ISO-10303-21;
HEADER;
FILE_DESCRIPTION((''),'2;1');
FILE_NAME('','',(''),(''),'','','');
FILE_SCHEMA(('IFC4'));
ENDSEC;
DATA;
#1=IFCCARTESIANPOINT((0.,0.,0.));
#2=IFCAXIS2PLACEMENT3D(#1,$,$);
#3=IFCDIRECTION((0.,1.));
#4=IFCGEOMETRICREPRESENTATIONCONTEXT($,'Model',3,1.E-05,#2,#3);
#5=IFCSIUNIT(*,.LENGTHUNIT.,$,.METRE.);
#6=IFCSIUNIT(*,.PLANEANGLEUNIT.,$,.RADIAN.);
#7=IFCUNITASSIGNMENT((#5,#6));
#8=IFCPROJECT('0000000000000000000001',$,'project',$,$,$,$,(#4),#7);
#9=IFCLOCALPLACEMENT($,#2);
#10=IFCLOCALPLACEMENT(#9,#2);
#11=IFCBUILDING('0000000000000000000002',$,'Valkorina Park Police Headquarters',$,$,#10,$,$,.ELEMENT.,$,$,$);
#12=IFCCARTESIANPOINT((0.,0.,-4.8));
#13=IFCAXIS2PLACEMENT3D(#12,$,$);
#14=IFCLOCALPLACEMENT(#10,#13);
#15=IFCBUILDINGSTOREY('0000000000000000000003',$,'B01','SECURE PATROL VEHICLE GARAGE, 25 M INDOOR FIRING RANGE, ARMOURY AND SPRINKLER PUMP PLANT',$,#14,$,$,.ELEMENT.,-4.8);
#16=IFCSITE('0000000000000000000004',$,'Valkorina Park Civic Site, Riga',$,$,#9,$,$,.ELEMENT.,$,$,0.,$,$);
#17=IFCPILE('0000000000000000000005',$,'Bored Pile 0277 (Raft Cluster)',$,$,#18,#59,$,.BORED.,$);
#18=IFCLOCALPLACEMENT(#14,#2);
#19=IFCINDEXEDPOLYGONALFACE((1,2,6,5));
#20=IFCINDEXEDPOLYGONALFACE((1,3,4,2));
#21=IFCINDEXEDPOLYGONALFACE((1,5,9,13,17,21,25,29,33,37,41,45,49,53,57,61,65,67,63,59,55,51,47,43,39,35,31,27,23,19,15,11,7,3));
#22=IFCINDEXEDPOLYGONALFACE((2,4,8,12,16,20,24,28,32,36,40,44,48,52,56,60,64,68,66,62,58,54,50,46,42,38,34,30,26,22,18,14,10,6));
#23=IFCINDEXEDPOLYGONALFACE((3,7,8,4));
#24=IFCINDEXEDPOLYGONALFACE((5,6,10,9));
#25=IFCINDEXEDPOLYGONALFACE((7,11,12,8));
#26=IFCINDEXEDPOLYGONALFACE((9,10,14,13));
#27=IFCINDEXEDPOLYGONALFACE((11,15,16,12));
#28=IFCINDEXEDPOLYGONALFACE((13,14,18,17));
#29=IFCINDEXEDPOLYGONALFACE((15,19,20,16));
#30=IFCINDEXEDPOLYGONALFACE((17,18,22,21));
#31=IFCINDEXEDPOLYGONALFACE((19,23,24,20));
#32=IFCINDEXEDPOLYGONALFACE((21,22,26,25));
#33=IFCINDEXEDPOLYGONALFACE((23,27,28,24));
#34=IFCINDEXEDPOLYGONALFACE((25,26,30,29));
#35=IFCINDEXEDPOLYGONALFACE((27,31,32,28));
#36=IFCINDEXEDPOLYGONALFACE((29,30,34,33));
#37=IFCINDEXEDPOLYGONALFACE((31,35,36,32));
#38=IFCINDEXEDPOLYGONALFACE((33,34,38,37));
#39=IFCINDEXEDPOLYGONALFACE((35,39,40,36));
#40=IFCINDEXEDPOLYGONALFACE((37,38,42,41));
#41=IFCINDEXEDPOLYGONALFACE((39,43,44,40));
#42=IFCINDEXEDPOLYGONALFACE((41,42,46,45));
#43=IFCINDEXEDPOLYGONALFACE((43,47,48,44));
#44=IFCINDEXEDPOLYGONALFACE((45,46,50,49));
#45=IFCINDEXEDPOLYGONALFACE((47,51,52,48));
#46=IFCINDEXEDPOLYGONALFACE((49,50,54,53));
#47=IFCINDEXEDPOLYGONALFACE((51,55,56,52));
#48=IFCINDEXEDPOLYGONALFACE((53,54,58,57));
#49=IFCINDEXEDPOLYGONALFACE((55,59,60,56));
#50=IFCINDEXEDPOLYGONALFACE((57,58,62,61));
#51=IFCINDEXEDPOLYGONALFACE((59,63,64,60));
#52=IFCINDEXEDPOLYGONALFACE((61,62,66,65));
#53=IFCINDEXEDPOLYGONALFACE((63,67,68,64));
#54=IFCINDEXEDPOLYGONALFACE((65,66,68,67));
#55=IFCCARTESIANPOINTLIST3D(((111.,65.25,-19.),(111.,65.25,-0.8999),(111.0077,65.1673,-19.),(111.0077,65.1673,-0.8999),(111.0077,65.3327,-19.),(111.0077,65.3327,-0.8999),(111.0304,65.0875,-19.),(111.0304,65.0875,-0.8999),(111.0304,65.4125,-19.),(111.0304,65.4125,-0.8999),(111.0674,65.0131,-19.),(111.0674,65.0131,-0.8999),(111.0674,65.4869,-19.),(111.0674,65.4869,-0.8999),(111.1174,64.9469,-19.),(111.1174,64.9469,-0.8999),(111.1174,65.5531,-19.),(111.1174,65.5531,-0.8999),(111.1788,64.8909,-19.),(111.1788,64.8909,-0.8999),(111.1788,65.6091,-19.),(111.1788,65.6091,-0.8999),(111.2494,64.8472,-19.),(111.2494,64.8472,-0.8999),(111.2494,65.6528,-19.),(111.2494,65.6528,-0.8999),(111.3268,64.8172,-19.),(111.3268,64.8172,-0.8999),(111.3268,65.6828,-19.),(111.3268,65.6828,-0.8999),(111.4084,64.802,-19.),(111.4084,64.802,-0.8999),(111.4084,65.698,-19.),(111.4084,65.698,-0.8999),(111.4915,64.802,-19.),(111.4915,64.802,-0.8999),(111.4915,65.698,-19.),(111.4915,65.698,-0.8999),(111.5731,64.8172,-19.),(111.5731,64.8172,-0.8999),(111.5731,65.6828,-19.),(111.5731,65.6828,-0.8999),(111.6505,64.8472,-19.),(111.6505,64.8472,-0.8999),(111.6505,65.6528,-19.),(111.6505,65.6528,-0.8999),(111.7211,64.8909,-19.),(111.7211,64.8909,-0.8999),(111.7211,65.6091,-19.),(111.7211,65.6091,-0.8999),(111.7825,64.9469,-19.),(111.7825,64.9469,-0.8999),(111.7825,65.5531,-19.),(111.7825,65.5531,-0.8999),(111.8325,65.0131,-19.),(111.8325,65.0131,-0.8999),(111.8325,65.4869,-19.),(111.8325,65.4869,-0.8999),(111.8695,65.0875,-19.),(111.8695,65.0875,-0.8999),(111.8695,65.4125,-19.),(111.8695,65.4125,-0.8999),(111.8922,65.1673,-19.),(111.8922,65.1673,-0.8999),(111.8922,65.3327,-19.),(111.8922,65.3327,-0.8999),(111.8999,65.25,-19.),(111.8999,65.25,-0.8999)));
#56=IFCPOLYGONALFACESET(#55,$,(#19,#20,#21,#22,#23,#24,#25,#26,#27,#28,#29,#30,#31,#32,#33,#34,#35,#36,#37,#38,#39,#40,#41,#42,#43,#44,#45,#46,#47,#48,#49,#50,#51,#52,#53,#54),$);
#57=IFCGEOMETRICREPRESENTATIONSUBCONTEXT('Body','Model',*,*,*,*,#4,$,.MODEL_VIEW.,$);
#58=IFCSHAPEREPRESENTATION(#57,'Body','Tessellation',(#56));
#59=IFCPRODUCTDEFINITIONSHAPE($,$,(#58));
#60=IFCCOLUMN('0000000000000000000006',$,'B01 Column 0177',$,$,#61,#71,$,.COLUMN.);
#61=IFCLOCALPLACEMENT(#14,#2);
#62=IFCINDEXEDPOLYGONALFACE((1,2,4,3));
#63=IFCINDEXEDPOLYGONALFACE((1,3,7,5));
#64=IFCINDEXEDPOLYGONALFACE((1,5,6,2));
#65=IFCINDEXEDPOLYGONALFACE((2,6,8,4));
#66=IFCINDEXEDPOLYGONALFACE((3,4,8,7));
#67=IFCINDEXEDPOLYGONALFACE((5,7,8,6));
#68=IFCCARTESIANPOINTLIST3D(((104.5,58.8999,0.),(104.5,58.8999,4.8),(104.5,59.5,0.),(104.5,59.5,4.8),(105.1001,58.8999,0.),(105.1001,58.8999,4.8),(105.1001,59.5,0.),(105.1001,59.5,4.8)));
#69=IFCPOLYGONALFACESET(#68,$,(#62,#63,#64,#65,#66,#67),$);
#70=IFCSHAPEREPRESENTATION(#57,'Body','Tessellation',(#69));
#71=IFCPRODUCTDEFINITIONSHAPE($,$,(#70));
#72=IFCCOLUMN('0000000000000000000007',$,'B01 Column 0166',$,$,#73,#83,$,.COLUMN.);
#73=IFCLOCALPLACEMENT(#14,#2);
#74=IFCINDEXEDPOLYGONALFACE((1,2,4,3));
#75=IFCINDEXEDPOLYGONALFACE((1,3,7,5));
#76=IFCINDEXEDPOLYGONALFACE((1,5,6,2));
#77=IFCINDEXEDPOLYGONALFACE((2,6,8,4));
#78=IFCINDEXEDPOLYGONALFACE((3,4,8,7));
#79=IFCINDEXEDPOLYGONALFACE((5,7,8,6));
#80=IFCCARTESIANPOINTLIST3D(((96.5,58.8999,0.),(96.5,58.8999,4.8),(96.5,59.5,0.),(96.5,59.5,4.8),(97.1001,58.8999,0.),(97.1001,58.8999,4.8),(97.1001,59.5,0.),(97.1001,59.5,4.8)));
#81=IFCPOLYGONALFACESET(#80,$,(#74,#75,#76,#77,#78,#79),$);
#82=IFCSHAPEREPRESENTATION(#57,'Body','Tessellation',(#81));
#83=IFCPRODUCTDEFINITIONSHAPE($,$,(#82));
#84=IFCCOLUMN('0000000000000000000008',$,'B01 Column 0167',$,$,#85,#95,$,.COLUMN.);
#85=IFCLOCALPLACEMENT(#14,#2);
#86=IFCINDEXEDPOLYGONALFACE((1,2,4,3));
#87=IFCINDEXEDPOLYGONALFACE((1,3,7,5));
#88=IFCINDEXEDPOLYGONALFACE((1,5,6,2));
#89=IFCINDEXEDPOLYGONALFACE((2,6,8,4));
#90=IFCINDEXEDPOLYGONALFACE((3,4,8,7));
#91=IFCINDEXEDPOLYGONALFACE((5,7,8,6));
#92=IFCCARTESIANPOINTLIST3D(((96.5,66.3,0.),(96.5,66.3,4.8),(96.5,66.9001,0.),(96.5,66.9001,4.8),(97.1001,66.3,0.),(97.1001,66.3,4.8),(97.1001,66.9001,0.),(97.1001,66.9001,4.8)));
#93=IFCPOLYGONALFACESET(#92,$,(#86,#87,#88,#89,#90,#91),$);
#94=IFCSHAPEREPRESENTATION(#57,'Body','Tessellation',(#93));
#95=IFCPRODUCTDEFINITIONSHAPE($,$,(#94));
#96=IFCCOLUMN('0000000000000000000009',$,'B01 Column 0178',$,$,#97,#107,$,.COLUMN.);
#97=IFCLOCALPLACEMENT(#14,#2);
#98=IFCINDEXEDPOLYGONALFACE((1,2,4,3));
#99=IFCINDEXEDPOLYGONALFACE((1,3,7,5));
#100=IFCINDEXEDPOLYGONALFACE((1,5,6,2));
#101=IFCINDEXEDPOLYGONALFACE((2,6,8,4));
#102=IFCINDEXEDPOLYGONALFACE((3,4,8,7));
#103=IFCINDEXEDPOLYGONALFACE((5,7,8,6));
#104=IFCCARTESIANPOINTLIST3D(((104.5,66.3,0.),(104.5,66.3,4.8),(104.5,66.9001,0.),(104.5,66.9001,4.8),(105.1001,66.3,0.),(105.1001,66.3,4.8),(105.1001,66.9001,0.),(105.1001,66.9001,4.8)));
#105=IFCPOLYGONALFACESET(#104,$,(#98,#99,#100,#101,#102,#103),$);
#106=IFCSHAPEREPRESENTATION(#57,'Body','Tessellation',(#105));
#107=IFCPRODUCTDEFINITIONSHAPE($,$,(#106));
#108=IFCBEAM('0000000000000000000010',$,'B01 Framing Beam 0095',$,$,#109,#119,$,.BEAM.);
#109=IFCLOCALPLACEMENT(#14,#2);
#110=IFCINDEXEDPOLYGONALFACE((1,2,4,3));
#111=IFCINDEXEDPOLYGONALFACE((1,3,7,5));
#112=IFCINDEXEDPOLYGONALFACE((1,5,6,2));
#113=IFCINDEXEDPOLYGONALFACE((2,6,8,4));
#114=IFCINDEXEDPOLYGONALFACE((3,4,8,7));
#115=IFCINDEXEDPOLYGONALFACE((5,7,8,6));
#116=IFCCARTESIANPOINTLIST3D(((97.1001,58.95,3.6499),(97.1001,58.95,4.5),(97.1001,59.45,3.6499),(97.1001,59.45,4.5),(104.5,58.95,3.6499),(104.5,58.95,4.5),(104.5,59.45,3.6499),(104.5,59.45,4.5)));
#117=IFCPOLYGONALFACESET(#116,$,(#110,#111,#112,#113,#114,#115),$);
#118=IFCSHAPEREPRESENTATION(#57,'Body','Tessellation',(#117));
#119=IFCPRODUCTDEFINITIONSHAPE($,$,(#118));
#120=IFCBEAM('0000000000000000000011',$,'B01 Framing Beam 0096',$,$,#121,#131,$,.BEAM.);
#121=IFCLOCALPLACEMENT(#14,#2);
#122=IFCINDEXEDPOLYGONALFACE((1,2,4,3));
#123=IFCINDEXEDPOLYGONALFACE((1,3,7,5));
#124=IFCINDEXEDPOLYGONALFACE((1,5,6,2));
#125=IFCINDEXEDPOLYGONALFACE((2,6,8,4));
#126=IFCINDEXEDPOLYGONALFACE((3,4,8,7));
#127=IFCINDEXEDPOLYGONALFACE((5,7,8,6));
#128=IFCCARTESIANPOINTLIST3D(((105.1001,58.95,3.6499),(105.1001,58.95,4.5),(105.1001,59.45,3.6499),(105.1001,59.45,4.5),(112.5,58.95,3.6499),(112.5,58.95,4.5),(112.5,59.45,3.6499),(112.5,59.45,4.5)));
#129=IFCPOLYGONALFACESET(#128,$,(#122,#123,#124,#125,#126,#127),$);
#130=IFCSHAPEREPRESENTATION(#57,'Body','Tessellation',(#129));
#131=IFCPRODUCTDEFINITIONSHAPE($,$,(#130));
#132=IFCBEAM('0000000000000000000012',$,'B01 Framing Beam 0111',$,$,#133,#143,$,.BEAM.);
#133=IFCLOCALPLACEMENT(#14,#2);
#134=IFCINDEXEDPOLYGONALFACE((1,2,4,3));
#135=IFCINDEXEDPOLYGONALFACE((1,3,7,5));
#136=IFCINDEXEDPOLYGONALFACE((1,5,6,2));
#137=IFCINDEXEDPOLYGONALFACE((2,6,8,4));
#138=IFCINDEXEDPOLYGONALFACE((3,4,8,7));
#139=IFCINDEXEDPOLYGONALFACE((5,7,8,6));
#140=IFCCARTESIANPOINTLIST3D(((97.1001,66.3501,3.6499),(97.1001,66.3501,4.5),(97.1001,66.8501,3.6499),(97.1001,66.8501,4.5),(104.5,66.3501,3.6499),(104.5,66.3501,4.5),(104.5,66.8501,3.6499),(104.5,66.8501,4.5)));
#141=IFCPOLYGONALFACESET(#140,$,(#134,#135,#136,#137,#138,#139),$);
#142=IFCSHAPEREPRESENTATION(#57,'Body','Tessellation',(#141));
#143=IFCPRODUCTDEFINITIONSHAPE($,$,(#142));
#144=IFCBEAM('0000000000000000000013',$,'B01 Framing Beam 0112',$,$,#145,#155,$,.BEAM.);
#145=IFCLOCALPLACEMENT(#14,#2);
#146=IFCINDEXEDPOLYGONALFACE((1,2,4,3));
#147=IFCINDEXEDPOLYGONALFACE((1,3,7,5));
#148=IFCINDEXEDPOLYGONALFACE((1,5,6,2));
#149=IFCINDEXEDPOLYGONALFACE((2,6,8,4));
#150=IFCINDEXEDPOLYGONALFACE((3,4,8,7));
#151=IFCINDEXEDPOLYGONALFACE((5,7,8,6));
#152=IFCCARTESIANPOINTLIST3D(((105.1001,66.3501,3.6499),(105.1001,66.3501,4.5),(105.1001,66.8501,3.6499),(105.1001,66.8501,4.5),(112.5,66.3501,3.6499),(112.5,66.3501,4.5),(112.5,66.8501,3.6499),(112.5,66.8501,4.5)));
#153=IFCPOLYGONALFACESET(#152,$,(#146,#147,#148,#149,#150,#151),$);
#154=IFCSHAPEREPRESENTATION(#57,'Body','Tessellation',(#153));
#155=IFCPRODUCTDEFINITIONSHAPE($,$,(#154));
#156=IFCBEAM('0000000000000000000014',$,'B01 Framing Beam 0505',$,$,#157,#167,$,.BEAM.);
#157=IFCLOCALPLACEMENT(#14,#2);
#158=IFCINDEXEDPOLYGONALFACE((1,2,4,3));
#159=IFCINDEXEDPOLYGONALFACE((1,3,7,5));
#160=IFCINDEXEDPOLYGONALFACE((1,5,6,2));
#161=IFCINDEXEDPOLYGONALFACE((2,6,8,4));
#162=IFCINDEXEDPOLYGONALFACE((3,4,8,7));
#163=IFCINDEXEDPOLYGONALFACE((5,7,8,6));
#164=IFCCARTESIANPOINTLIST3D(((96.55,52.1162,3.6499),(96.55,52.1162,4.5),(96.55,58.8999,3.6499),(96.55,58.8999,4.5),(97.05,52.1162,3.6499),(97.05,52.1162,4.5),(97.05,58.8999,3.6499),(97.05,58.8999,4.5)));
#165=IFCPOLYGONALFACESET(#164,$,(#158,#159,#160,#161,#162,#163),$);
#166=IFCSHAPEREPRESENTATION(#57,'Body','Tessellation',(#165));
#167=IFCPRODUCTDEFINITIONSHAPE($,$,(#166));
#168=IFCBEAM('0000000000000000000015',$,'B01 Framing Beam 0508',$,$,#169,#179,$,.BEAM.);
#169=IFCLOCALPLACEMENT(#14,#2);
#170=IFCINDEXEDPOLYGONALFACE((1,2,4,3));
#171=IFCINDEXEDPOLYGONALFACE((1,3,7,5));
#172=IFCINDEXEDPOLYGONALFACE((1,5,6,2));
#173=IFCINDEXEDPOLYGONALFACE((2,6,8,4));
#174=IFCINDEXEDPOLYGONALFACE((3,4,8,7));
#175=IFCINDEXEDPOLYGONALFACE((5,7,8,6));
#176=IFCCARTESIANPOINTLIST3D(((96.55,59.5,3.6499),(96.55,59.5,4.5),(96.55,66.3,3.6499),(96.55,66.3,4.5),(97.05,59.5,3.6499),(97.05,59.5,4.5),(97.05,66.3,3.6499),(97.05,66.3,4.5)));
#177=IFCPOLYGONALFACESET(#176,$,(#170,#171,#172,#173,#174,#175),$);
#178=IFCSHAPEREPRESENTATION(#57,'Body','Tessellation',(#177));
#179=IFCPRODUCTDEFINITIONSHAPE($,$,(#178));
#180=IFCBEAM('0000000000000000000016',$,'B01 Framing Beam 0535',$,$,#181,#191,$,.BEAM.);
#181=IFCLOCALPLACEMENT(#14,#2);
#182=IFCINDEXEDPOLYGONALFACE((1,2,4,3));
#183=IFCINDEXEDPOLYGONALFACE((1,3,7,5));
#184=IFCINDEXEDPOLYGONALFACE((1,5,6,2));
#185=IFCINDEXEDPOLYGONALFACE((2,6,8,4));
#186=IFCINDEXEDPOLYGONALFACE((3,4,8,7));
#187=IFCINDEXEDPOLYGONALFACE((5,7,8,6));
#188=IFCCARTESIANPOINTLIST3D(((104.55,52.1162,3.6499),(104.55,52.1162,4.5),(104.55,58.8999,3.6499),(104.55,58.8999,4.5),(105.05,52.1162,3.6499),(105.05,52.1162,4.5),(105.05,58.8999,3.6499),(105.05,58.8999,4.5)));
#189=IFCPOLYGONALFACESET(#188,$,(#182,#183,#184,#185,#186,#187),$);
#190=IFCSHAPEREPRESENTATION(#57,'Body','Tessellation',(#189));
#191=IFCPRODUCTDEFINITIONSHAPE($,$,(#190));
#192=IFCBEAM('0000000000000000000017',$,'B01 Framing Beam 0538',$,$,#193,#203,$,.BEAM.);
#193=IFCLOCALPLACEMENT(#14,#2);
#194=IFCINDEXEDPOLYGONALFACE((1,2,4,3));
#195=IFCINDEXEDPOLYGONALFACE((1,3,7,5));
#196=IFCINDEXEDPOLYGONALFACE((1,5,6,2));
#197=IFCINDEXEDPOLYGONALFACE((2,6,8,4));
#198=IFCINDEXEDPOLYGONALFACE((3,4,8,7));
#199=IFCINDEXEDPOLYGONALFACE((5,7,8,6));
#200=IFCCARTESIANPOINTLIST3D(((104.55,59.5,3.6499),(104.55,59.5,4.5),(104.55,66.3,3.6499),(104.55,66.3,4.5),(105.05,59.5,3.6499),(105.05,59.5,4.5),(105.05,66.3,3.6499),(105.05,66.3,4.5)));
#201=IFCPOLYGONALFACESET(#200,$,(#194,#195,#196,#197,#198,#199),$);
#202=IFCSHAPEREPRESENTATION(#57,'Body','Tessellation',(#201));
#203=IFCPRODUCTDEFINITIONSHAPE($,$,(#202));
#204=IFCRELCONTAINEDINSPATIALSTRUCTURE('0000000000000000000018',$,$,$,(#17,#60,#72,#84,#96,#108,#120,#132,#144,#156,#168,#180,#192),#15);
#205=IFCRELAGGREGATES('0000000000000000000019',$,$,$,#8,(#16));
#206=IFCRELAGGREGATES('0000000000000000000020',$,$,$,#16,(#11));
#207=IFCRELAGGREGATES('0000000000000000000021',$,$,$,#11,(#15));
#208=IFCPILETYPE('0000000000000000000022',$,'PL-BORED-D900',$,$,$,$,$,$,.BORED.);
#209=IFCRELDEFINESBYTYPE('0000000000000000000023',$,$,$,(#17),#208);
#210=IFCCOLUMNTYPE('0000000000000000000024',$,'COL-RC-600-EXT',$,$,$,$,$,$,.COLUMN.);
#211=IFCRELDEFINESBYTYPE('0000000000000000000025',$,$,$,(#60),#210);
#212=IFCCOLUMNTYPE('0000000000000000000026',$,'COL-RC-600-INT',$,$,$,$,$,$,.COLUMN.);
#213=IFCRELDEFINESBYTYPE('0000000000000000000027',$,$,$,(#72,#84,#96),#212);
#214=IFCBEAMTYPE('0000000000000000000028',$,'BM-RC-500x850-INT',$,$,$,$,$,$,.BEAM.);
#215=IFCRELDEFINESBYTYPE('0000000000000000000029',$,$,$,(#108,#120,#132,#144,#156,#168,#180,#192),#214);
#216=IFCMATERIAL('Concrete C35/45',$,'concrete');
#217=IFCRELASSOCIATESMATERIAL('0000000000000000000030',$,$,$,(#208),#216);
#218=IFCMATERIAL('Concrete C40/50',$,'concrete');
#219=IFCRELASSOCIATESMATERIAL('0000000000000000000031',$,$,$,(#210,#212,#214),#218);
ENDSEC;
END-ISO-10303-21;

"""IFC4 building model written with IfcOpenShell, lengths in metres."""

from ifc_helpers import new_model, si_unit, direction, frame, origin, origin_2d, place, context, subcontext, project, spatial, rectangle, circle, extrude, material, material_profile, profile_set, type_object, element, save


model = new_model("IFC4")

# Units and contexts
model_context = context("Model", 3, precision=1e-05, world=origin(), true_north=direction((0.0, 1.0)))
body_context = subcontext(model_context, "Body", "Model", "MODEL_VIEW")
ifc_project = project(units=[si_unit("LENGTHUNIT", "METRE"), si_unit("PLANEANGLEUNIT", "RADIAN")], contexts=[model_context])

# Site, building, storey
site_placement = place(None, origin())
site = spatial("IfcSite", under=ifc_project, at=site_placement, Name="Valkorina Park Civic Site, Riga", CompositionType="ELEMENT", RefElevation=0.0)
building_placement = place(site_placement, origin())
building = spatial("IfcBuilding", under=site, at=building_placement, Name="Valkorina Park Police Headquarters", CompositionType="ELEMENT")
storey_placement = place(building_placement, frame((0.0, 0.0, -4.8)))
storey = spatial("IfcBuildingStorey", under=building, at=storey_placement, Name="B01", Description="SECURE PATROL VEHICLE GARAGE, 25 M INDOOR FIRING RANGE, ARMOURY AND SPRINKLER PUMP PLANT", CompositionType="ELEMENT", Elevation=-4.8)

# Pile
ifc_material_1 = material(Name="Concrete C35/45", Category="concrete")
ifc_material_profile_1 = material_profile(ifc_material_1, circle(Radius=0.45, at=origin_2d()), Name="BORED PILE D900")
ifc_profile_set_1 = profile_set([ifc_material_profile_1], Name="Concrete C35/45")
pile_type = type_object("IfcPileType", Name="PL-BORED-D900", PredefinedType="BORED", material=ifc_profile_set_1)
for number, where, z_axis, x_axis, name in (
    (1, (111.45, 65.25, -0.8999), (0.0, 0.0, -1.0), (1.0, 0.0, 0.0), "Bored Pile 0277 (Raft Cluster)"),
):
    element("IfcPile", number, at=place(storey_placement, frame(where, z_axis=z_axis, x_axis=x_axis)), inside=storey, type_object=pile_type, Name=name, PredefinedType="BORED", context=body_context, shape_type="SweptSolid", body=[
        extrude(circle(Radius=0.45, at=origin_2d()), origin(), (0.0, 0.0, 1.0), 18.1001),
    ])

# Columns
ifc_material_2 = material(Name="Concrete C40/50", Category="concrete")
ifc_material_profile_2 = material_profile(ifc_material_2, rectangle(XDim=0.6001, YDim=0.6001, at=origin_2d()), Name="RC COL 600x600")
ifc_profile_set_2 = profile_set([ifc_material_profile_2], Name="Concrete C40/50")
column_type_1 = type_object("IfcColumnType", Name="COL-RC-600-EXT", PredefinedType="COLUMN", material=ifc_profile_set_2)
column_placement = place(storey_placement, frame((104.8, 59.2, 0.0), z_axis=(0.0, 0.0, 1.0), x_axis=(1.0, 0.0, 0.0)))
element("IfcColumn", 2, at=column_placement, inside=storey, type_object=column_type_1, Name="B01 Column 0177", PredefinedType="COLUMN", context=body_context, shape_type="SweptSolid", body=[
    extrude(rectangle(XDim=0.6001, YDim=0.6001, at=origin_2d()), origin(), (0.0, 0.0, 1.0), 4.8),
])
ifc_material_profile_3 = material_profile(ifc_material_2, rectangle(XDim=0.6001, YDim=0.6001, at=origin_2d()), Name="RC COL 600x600")
ifc_profile_set_3 = profile_set([ifc_material_profile_3], Name="Concrete C40/50")
column_type_2 = type_object("IfcColumnType", Name="COL-RC-600-INT", PredefinedType="COLUMN", material=ifc_profile_set_3)
for number, where, z_axis, x_axis, name in (
    (3, (96.8, 59.2, 0.0), (0.0, 0.0, 1.0), (1.0, 0.0, 0.0), "B01 Column 0166"),
    (4, (96.8, 66.6001, 0.0), (0.0, 0.0, 1.0), (1.0, 0.0, 0.0), "B01 Column 0167"),
    (5, (104.8, 66.6001, 0.0), (0.0, 0.0, 1.0), (1.0, 0.0, 0.0), "B01 Column 0178"),
):
    element("IfcColumn", number, at=place(storey_placement, frame(where, z_axis=z_axis, x_axis=x_axis)), inside=storey, type_object=column_type_2, Name=name, PredefinedType="COLUMN", context=body_context, shape_type="SweptSolid", body=[
        extrude(rectangle(XDim=0.6001, YDim=0.6001, at=origin_2d()), origin(), (0.0, 0.0, 1.0), 4.8),
    ])

# Beams
ifc_material_profile_4 = material_profile(ifc_material_2, rectangle(XDim=0.5, YDim=0.8501, at=origin_2d()), Name="RC BEAM 500x850")
ifc_profile_set_4 = profile_set([ifc_material_profile_4], Name="Concrete C40/50")
beam_type_1 = type_object("IfcBeamType", Name="BM-RC-500x850-INT", PredefinedType="BEAM", material=ifc_profile_set_4)
for number, where, z_axis, x_axis, name in (
    (6, (97.1001, 59.2, 4.075), (1.0, 0.0, 0.0), (0.0, 1.0, 0.0), "B01 Framing Beam 0095"),
    (7, (105.1001, 59.2, 4.075), (1.0, 0.0, 0.0), (0.0, 1.0, 0.0), "B01 Framing Beam 0096"),
    (8, (97.1001, 66.6001, 4.075), (1.0, 0.0, 0.0), (0.0, 1.0, 0.0), "B01 Framing Beam 0111"),
    (9, (105.1001, 66.6001, 4.075), (1.0, 0.0, 0.0), (0.0, 1.0, 0.0), "B01 Framing Beam 0112"),
):
    element("IfcBeam", number, at=place(storey_placement, frame(where, z_axis=z_axis, x_axis=x_axis)), inside=storey, type_object=beam_type_1, Name=name, PredefinedType="BEAM", context=body_context, shape_type="SweptSolid", body=[
        extrude(rectangle(XDim=0.5, YDim=0.8501, at=origin_2d()), origin(), (0.0, 0.0, 1.0), 7.3999),
    ])
beam_1_placement = place(storey_placement, frame((96.8, 52.1162, 4.075), z_axis=(0.0, 1.0, 0.0), x_axis=(-1.0, 0.0, 0.0)))
element("IfcBeam", 10, at=beam_1_placement, inside=storey, type_object=beam_type_1, Name="B01 Framing Beam 0505", PredefinedType="BEAM", context=body_context, shape_type="SweptSolid", body=[
    extrude(rectangle(XDim=0.5, YDim=0.8501, at=origin_2d()), origin(), (0.0, 0.0, 1.0), 6.7837),
])
beam_2_placement = place(storey_placement, frame((96.8, 59.5, 4.075), z_axis=(0.0, 1.0, 0.0), x_axis=(-1.0, 0.0, 0.0)))
element("IfcBeam", 11, at=beam_2_placement, inside=storey, type_object=beam_type_1, Name="B01 Framing Beam 0508", PredefinedType="BEAM", context=body_context, shape_type="SweptSolid", body=[
    extrude(rectangle(XDim=0.5, YDim=0.8501, at=origin_2d()), origin(), (0.0, 0.0, 1.0), 6.8),
])
beam_3_placement = place(storey_placement, frame((104.8, 52.1162, 4.075), z_axis=(0.0, 1.0, 0.0), x_axis=(-1.0, 0.0, 0.0)))
element("IfcBeam", 12, at=beam_3_placement, inside=storey, type_object=beam_type_1, Name="B01 Framing Beam 0535", PredefinedType="BEAM", context=body_context, shape_type="SweptSolid", body=[
    extrude(rectangle(XDim=0.5, YDim=0.8501, at=origin_2d()), origin(), (0.0, 0.0, 1.0), 6.7837),
])
beam_4_placement = place(storey_placement, frame((104.8, 59.5, 4.075), z_axis=(0.0, 1.0, 0.0), x_axis=(-1.0, 0.0, 0.0)))
element("IfcBeam", 13, at=beam_4_placement, inside=storey, type_object=beam_type_1, Name="B01 Framing Beam 0538", PredefinedType="BEAM", context=body_context, shape_type="SweptSolid", body=[
    extrude(rectangle(XDim=0.5, YDim=0.8501, at=origin_2d()), origin(), (0.0, 0.0, 1.0), 6.8),
])

save(model, "model.ifc")
